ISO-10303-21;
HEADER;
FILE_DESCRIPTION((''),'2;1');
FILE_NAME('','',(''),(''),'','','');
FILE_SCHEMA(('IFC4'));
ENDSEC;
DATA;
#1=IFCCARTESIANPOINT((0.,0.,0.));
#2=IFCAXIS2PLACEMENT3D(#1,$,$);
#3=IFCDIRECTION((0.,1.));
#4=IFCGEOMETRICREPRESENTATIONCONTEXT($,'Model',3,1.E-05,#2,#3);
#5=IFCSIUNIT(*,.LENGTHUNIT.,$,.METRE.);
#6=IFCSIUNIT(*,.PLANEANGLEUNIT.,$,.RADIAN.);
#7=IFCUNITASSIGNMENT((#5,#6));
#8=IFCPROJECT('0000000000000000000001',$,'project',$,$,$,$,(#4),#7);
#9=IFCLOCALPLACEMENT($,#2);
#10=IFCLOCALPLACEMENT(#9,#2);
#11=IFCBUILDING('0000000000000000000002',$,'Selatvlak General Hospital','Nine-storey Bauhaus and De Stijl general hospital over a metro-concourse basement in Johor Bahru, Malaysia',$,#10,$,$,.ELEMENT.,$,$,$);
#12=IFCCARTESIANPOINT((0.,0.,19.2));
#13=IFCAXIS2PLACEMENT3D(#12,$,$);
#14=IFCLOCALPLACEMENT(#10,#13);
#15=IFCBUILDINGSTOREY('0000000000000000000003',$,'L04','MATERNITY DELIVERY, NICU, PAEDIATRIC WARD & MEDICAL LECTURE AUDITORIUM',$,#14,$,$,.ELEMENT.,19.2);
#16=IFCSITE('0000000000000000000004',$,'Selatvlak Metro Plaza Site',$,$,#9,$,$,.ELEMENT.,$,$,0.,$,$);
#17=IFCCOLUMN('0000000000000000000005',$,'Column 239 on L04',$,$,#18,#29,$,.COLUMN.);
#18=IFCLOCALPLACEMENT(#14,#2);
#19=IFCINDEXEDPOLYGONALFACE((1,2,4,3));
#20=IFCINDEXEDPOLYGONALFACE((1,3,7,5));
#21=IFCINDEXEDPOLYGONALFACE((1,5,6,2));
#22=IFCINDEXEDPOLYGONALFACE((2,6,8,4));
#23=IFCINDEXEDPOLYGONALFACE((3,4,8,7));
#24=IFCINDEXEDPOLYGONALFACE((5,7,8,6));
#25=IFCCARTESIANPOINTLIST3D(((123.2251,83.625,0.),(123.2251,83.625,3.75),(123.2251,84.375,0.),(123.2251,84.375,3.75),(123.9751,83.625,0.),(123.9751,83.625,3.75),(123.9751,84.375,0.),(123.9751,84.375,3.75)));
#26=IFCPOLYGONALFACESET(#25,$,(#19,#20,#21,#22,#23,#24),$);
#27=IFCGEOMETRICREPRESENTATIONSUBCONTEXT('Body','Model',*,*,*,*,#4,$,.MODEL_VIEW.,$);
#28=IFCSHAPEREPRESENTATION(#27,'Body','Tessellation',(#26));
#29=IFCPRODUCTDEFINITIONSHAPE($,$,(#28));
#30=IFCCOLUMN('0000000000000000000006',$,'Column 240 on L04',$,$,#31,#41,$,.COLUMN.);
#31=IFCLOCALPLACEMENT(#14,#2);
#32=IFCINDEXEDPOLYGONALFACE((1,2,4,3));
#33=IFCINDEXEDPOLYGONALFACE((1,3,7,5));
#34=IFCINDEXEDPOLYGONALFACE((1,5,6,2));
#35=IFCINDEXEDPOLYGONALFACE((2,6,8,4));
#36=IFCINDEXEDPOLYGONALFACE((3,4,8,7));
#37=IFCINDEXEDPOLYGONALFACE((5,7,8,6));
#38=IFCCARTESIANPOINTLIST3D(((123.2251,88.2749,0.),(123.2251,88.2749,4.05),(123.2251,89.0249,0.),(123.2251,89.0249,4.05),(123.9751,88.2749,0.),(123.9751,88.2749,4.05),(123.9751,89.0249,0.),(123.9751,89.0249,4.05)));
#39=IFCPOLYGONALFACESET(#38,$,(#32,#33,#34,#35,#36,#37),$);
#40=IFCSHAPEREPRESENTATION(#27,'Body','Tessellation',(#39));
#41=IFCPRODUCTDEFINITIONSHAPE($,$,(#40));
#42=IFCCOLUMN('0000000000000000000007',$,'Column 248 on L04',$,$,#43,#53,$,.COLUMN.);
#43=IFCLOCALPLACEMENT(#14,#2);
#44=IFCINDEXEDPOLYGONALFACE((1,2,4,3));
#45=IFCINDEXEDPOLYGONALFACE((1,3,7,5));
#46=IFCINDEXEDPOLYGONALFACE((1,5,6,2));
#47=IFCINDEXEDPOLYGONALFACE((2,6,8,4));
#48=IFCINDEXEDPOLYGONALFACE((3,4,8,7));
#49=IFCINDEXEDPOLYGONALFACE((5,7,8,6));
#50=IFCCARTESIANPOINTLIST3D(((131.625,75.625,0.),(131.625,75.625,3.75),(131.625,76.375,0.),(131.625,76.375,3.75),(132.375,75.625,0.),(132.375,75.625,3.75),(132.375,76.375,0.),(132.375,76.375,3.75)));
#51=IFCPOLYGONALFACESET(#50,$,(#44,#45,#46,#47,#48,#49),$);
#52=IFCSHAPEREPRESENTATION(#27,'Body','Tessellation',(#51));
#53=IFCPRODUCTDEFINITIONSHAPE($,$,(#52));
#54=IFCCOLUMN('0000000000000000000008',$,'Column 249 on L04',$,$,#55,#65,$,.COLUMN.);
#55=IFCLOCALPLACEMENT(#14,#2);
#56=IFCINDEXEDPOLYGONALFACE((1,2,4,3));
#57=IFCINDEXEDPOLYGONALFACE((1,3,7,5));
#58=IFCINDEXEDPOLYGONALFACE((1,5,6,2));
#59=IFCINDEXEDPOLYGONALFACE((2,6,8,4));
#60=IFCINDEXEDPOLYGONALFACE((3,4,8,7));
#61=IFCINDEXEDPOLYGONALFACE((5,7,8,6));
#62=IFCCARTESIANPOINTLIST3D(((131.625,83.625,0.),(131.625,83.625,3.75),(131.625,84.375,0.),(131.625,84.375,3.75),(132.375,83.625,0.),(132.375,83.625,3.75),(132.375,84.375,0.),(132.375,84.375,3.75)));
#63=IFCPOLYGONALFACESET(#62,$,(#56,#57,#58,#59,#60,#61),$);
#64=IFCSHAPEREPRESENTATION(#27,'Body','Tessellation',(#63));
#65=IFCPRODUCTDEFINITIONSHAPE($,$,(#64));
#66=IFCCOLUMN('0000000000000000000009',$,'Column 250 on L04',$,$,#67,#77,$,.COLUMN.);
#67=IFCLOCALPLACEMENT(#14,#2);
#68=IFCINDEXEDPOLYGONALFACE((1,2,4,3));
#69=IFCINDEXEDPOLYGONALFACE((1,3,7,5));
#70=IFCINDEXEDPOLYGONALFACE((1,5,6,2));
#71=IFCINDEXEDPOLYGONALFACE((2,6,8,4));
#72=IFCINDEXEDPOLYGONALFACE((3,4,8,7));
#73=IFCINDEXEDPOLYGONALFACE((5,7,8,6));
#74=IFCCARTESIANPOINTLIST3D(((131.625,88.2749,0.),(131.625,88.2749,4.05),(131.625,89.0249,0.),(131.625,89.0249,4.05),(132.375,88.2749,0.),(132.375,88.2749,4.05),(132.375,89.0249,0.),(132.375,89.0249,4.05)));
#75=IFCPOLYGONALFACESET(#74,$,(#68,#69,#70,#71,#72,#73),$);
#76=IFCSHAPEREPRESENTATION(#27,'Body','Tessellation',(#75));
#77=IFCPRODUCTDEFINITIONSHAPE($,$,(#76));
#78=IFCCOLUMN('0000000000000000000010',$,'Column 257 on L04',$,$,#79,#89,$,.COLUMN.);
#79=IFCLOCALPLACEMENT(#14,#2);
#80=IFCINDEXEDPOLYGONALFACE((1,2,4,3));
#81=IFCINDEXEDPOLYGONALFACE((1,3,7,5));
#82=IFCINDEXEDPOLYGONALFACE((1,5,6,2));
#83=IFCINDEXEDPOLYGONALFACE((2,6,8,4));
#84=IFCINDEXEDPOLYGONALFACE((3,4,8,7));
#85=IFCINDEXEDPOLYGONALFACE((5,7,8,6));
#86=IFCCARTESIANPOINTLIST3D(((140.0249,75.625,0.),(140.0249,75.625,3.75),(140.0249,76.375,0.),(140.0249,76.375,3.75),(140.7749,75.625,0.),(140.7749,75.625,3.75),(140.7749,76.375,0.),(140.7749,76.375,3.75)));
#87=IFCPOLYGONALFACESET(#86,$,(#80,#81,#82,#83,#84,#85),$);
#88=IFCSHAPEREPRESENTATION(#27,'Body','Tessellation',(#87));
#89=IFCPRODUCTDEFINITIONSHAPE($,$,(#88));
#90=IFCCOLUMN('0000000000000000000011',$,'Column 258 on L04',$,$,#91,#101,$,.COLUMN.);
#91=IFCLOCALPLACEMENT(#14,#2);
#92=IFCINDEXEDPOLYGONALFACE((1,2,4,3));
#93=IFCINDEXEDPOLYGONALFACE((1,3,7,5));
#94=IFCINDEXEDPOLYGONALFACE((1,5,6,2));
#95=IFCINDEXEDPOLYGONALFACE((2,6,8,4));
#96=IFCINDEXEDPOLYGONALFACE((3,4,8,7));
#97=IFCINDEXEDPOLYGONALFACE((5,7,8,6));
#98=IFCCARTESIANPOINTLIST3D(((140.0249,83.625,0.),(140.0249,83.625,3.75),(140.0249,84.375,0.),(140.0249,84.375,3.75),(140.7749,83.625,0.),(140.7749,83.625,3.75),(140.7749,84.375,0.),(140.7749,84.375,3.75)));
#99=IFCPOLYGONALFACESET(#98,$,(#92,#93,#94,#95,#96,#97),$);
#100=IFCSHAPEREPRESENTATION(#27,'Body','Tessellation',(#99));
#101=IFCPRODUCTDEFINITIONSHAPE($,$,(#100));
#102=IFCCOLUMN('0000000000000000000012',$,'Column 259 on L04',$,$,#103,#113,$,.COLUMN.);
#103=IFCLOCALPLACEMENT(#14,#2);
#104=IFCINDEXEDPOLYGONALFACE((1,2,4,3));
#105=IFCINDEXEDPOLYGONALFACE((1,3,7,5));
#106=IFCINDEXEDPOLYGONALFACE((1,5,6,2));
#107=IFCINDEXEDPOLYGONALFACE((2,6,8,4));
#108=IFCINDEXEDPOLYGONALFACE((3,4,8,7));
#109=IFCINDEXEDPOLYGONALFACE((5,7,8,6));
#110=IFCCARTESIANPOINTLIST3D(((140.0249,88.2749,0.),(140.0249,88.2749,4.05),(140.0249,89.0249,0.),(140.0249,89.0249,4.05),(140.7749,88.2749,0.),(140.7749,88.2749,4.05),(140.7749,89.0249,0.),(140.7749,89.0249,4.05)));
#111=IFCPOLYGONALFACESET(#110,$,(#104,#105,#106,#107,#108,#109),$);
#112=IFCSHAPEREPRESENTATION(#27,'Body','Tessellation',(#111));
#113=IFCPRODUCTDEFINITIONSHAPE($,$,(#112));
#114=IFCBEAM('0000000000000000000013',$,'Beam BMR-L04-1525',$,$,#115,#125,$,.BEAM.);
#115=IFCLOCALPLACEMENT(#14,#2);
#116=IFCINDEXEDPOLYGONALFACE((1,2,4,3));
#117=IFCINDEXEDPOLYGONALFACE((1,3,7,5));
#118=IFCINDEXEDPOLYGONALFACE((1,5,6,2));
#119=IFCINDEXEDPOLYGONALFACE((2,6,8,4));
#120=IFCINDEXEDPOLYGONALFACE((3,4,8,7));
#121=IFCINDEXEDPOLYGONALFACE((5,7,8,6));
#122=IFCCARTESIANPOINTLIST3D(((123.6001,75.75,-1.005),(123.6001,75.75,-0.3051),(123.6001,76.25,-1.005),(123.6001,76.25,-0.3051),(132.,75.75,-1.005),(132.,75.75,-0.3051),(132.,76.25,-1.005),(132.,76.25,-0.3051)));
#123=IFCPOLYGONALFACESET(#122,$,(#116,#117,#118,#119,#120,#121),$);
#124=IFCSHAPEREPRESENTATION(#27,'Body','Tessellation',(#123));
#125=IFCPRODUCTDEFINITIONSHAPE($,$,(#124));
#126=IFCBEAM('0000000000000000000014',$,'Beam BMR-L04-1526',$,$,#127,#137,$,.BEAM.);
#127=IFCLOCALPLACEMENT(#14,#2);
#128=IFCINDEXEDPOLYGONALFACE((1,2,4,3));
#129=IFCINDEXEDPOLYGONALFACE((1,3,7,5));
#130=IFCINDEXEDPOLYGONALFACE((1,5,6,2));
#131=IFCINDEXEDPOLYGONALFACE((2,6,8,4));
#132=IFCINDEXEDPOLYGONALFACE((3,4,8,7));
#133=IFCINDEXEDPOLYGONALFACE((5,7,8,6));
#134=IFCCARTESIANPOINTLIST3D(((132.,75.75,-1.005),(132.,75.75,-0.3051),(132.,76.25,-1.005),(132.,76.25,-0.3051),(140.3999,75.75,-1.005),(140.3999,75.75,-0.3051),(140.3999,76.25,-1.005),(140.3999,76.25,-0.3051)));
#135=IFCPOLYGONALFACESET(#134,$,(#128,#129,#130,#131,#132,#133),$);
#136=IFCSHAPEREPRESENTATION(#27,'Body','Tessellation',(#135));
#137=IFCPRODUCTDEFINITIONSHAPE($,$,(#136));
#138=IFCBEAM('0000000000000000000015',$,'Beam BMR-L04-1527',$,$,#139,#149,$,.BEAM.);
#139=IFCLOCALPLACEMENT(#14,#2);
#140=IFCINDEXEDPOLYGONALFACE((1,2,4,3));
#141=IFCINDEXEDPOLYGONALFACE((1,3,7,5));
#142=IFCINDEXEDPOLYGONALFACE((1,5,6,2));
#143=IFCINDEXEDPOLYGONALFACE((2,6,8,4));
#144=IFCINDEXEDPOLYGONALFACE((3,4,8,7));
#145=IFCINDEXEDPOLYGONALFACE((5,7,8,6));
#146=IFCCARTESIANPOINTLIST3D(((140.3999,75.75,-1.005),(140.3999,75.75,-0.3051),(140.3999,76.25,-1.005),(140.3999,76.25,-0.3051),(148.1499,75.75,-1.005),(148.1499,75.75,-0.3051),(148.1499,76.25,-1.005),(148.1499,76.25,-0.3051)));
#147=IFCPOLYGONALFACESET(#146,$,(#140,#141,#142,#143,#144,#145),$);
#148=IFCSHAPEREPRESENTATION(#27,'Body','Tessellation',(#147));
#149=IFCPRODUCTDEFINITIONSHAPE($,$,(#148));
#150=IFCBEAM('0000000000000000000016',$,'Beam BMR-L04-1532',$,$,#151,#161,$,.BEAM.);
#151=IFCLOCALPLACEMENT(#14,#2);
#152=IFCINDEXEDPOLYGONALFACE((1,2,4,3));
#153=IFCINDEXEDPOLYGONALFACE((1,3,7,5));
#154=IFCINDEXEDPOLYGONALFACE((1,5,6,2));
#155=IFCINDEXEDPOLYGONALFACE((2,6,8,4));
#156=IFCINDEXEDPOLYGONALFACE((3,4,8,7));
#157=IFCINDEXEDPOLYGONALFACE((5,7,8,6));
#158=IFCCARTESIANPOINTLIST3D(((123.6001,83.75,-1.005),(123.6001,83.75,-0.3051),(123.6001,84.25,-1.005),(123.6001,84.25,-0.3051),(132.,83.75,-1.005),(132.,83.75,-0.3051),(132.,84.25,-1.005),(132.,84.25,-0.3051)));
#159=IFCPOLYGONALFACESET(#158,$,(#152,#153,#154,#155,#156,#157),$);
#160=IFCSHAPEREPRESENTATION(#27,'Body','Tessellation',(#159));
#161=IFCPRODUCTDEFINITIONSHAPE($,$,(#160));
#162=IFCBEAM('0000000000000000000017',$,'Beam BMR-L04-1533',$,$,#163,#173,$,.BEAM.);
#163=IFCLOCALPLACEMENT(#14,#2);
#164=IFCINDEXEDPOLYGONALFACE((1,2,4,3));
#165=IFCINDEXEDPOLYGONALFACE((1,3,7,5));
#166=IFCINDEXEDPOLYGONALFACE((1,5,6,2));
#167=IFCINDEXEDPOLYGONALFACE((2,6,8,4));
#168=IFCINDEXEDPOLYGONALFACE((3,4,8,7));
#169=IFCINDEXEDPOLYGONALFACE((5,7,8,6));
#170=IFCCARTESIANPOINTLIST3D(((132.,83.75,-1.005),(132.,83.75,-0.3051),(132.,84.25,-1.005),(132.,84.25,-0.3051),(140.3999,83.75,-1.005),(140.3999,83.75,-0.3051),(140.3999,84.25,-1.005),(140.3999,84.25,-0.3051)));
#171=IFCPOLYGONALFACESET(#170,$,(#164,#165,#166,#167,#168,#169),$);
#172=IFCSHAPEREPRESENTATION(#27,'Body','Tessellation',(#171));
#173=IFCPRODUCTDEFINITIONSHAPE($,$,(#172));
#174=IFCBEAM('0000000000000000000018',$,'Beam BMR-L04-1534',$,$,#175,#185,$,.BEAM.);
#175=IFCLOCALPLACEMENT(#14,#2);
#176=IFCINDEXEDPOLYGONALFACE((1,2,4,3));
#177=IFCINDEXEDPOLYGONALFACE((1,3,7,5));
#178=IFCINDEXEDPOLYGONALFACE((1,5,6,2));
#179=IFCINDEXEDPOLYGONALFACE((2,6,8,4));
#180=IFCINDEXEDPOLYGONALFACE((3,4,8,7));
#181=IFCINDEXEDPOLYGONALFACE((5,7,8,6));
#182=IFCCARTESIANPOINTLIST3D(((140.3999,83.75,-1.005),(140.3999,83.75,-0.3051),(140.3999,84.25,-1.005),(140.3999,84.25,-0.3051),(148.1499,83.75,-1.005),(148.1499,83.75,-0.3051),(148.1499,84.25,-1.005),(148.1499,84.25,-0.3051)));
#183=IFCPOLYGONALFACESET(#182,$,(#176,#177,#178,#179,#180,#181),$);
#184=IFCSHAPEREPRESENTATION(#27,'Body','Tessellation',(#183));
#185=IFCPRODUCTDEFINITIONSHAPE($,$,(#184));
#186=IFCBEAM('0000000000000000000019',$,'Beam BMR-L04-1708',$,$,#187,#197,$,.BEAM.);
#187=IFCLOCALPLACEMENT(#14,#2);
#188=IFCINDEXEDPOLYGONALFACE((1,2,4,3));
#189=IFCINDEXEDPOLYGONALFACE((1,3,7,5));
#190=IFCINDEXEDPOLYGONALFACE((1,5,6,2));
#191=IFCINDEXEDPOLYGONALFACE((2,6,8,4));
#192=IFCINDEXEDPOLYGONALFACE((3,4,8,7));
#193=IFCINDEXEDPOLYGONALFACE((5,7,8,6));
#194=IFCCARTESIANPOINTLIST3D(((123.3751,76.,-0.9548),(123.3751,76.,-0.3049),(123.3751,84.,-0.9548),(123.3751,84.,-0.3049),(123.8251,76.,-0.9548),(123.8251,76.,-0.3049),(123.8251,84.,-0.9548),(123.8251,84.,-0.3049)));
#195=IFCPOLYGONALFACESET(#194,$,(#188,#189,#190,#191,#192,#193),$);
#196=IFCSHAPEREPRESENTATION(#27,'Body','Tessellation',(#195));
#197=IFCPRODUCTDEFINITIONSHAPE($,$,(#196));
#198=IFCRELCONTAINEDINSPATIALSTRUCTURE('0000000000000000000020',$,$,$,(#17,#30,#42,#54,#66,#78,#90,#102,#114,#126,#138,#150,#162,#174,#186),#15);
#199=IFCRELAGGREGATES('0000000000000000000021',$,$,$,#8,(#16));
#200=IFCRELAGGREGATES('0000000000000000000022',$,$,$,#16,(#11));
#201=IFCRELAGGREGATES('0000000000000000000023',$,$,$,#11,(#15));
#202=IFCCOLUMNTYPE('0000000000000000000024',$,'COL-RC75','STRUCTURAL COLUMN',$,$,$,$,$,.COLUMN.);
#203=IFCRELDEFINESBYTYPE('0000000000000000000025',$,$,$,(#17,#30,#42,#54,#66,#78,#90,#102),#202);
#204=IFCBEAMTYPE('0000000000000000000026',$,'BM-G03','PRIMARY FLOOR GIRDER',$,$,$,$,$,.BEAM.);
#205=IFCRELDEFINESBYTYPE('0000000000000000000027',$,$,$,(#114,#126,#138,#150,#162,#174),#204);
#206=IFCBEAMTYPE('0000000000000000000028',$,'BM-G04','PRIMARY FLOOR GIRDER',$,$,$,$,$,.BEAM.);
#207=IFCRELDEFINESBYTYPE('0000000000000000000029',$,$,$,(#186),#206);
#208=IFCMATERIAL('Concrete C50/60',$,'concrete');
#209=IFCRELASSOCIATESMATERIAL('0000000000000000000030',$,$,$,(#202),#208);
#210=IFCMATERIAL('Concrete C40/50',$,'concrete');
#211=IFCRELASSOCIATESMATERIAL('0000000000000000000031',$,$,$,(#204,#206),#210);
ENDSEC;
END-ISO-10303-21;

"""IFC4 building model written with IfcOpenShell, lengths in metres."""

from ifc_helpers import new_model, si_unit, direction, frame, origin, origin_2d, place, context, subcontext, project, spatial, rectangle, extrude, material, material_profile, profile_set, type_object, element, save


model = new_model("IFC4")

# Units and contexts
model_context = context("Model", 3, precision=1e-05, world=origin(), true_north=direction((0.0, 1.0)))
body_context = subcontext(model_context, "Body", "Model", "MODEL_VIEW")
ifc_project = project(units=[si_unit("LENGTHUNIT", "METRE"), si_unit("PLANEANGLEUNIT", "RADIAN")], contexts=[model_context])

# Site, building, storey
site_placement = place(None, origin())
site = spatial("IfcSite", under=ifc_project, at=site_placement, Name="Selatvlak Metro Plaza Site", CompositionType="ELEMENT", RefElevation=0.0)
building_placement = place(site_placement, origin())
building = spatial("IfcBuilding", under=site, at=building_placement, Name="Selatvlak General Hospital", Description="Nine-storey Bauhaus and De Stijl general hospital over a metro-concourse basement in Johor Bahru, Malaysia", CompositionType="ELEMENT")
storey_placement = place(building_placement, frame((0.0, 0.0, 19.2)))
storey = spatial("IfcBuildingStorey", under=building, at=storey_placement, Name="L04", Description="MATERNITY DELIVERY, NICU, PAEDIATRIC WARD & MEDICAL LECTURE AUDITORIUM", CompositionType="ELEMENT", Elevation=19.2)

# Columns
ifc_material_1 = material(Name="Concrete C50/60", Category="concrete")
ifc_material_profile_1 = material_profile(ifc_material_1, rectangle(XDim=0.75, YDim=0.75, at=origin_2d()), Name="RC-COL 750x750")
ifc_profile_set_1 = profile_set([ifc_material_profile_1], Name="Concrete C50/60")
column_type = type_object("IfcColumnType", Name="COL-RC75", Description="STRUCTURAL COLUMN", PredefinedType="COLUMN", material=ifc_profile_set_1)
column_1_placement = place(storey_placement, frame((123.6001, 84.0, 0.0), z_axis=(0.0, 0.0, 1.0), x_axis=(1.0, 0.0, 0.0)))
element("IfcColumn", 1, at=column_1_placement, inside=storey, type_object=column_type, Name="Column 239 on L04", PredefinedType="COLUMN", context=body_context, shape_type="SweptSolid", body=[
    extrude(rectangle(XDim=0.75, YDim=0.75, at=origin_2d()), origin(), (0.0, 0.0, 1.0), 3.75),
])
column_2_placement = place(storey_placement, frame((123.6001, 88.6499, 0.0), z_axis=(0.0, 0.0, 1.0), x_axis=(1.0, 0.0, 0.0)))
element("IfcColumn", 2, at=column_2_placement, inside=storey, type_object=column_type, Name="Column 240 on L04", PredefinedType="COLUMN", context=body_context, shape_type="SweptSolid", body=[
    extrude(rectangle(XDim=0.75, YDim=0.75, at=origin_2d()), origin(), (0.0, 0.0, 1.0), 4.05),
])
for number, where, z_axis, x_axis, name in (
    (3, (132.0, 76.0, 0.0), (0.0, 0.0, 1.0), (1.0, 0.0, 0.0), "Column 248 on L04"),
    (4, (132.0, 84.0, 0.0), (0.0, 0.0, 1.0), (1.0, 0.0, 0.0), "Column 249 on L04"),
):
    element("IfcColumn", number, at=place(storey_placement, frame(where, z_axis=z_axis, x_axis=x_axis)), inside=storey, type_object=column_type, Name=name, PredefinedType="COLUMN", context=body_context, shape_type="SweptSolid", body=[
        extrude(rectangle(XDim=0.75, YDim=0.75, at=origin_2d()), origin(), (0.0, 0.0, 1.0), 3.75),
    ])
column_3_placement = place(storey_placement, frame((132.0, 88.6499, 0.0), z_axis=(0.0, 0.0, 1.0), x_axis=(1.0, 0.0, 0.0)))
element("IfcColumn", 5, at=column_3_placement, inside=storey, type_object=column_type, Name="Column 250 on L04", PredefinedType="COLUMN", context=body_context, shape_type="SweptSolid", body=[
    extrude(rectangle(XDim=0.75, YDim=0.75, at=origin_2d()), origin(), (0.0, 0.0, 1.0), 4.05),
])
for number, where, z_axis, x_axis, name in (
    (6, (140.3999, 76.0, 0.0), (0.0, 0.0, 1.0), (1.0, 0.0, 0.0), "Column 257 on L04"),
    (7, (140.3999, 84.0, 0.0), (0.0, 0.0, 1.0), (1.0, 0.0, 0.0), "Column 258 on L04"),
):
    element("IfcColumn", number, at=place(storey_placement, frame(where, z_axis=z_axis, x_axis=x_axis)), inside=storey, type_object=column_type, Name=name, PredefinedType="COLUMN", context=body_context, shape_type="SweptSolid", body=[
        extrude(rectangle(XDim=0.75, YDim=0.75, at=origin_2d()), origin(), (0.0, 0.0, 1.0), 3.75),
    ])
column_4_placement = place(storey_placement, frame((140.3999, 88.6499, 0.0), z_axis=(0.0, 0.0, 1.0), x_axis=(1.0, 0.0, 0.0)))
element("IfcColumn", 8, at=column_4_placement, inside=storey, type_object=column_type, Name="Column 259 on L04", PredefinedType="COLUMN", context=body_context, shape_type="SweptSolid", body=[
    extrude(rectangle(XDim=0.75, YDim=0.75, at=origin_2d()), origin(), (0.0, 0.0, 1.0), 4.05),
])

# Beams
ifc_material_2 = material(Name="Concrete C40/50", Category="concrete")
ifc_material_profile_2 = material_profile(ifc_material_2, rectangle(XDim=0.5, YDim=0.7, at=origin_2d()), Name="RC-BM 500x700")
ifc_profile_set_2 = profile_set([ifc_material_profile_2], Name="Concrete C40/50")
beam_type_1 = type_object("IfcBeamType", Name="BM-G03", Description="PRIMARY FLOOR GIRDER", PredefinedType="BEAM", material=ifc_profile_set_2)
for number, where, z_axis, x_axis, name in (
    (9, (123.6001, 76.0, -0.655), (1.0, 0.0, 0.0), (0.0, 1.0, 0.0), "Beam BMR-L04-1525"),
    (10, (132.0, 76.0, -0.655), (1.0, 0.0, 0.0), (0.0, 1.0, 0.0), "Beam BMR-L04-1526"),
):
    element("IfcBeam", number, at=place(storey_placement, frame(where, z_axis=z_axis, x_axis=x_axis)), inside=storey, type_object=beam_type_1, Name=name, PredefinedType="BEAM", context=body_context, shape_type="SweptSolid", body=[
        extrude(rectangle(XDim=0.5, YDim=0.7, at=origin_2d()), origin(), (0.0, 0.0, 1.0), 8.3999),
    ])
beam_1_placement = place(storey_placement, frame((140.3999, 76.0, -0.655), z_axis=(1.0, 0.0, 0.0), x_axis=(0.0, 1.0, 0.0)))
element("IfcBeam", 11, at=beam_1_placement, inside=storey, type_object=beam_type_1, Name="Beam BMR-L04-1527", PredefinedType="BEAM", context=body_context, shape_type="SweptSolid", body=[
    extrude(rectangle(XDim=0.5, YDim=0.7, at=origin_2d()), origin(), (0.0, 0.0, 1.0), 7.75),
])
for number, where, z_axis, x_axis, name in (
    (12, (123.6001, 84.0, -0.655), (1.0, 0.0, 0.0), (0.0, 1.0, 0.0), "Beam BMR-L04-1532"),
    (13, (132.0, 84.0, -0.655), (1.0, 0.0, 0.0), (0.0, 1.0, 0.0), "Beam BMR-L04-1533"),
):
    element("IfcBeam", number, at=place(storey_placement, frame(where, z_axis=z_axis, x_axis=x_axis)), inside=storey, type_object=beam_type_1, Name=name, PredefinedType="BEAM", context=body_context, shape_type="SweptSolid", body=[
        extrude(rectangle(XDim=0.5, YDim=0.7, at=origin_2d()), origin(), (0.0, 0.0, 1.0), 8.3999),
    ])
beam_2_placement = place(storey_placement, frame((140.3999, 84.0, -0.655), z_axis=(1.0, 0.0, 0.0), x_axis=(0.0, 1.0, 0.0)))
element("IfcBeam", 14, at=beam_2_placement, inside=storey, type_object=beam_type_1, Name="Beam BMR-L04-1534", PredefinedType="BEAM", context=body_context, shape_type="SweptSolid", body=[
    extrude(rectangle(XDim=0.5, YDim=0.7, at=origin_2d()), origin(), (0.0, 0.0, 1.0), 7.75),
])
ifc_material_profile_3 = material_profile(ifc_material_2, rectangle(XDim=0.45, YDim=0.6499, at=origin_2d()), Name="RC-BM 450x650")
ifc_profile_set_3 = profile_set([ifc_material_profile_3], Name="Concrete C40/50")
beam_type_2 = type_object("IfcBeamType", Name="BM-G04", Description="PRIMARY FLOOR GIRDER", PredefinedType="BEAM", material=ifc_profile_set_3)
beam_3_placement = place(storey_placement, frame((123.6001, 76.0, -0.6299), z_axis=(0.0, 1.0, 0.0), x_axis=(-1.0, 0.0, 0.0)))
element("IfcBeam", 15, at=beam_3_placement, inside=storey, type_object=beam_type_2, Name="Beam BMR-L04-1708", PredefinedType="BEAM", context=body_context, shape_type="SweptSolid", body=[
    extrude(rectangle(XDim=0.45, YDim=0.6499, at=origin_2d()), origin(), (0.0, 0.0, 1.0), 8.0),
])

save(model, "model.ifc")
